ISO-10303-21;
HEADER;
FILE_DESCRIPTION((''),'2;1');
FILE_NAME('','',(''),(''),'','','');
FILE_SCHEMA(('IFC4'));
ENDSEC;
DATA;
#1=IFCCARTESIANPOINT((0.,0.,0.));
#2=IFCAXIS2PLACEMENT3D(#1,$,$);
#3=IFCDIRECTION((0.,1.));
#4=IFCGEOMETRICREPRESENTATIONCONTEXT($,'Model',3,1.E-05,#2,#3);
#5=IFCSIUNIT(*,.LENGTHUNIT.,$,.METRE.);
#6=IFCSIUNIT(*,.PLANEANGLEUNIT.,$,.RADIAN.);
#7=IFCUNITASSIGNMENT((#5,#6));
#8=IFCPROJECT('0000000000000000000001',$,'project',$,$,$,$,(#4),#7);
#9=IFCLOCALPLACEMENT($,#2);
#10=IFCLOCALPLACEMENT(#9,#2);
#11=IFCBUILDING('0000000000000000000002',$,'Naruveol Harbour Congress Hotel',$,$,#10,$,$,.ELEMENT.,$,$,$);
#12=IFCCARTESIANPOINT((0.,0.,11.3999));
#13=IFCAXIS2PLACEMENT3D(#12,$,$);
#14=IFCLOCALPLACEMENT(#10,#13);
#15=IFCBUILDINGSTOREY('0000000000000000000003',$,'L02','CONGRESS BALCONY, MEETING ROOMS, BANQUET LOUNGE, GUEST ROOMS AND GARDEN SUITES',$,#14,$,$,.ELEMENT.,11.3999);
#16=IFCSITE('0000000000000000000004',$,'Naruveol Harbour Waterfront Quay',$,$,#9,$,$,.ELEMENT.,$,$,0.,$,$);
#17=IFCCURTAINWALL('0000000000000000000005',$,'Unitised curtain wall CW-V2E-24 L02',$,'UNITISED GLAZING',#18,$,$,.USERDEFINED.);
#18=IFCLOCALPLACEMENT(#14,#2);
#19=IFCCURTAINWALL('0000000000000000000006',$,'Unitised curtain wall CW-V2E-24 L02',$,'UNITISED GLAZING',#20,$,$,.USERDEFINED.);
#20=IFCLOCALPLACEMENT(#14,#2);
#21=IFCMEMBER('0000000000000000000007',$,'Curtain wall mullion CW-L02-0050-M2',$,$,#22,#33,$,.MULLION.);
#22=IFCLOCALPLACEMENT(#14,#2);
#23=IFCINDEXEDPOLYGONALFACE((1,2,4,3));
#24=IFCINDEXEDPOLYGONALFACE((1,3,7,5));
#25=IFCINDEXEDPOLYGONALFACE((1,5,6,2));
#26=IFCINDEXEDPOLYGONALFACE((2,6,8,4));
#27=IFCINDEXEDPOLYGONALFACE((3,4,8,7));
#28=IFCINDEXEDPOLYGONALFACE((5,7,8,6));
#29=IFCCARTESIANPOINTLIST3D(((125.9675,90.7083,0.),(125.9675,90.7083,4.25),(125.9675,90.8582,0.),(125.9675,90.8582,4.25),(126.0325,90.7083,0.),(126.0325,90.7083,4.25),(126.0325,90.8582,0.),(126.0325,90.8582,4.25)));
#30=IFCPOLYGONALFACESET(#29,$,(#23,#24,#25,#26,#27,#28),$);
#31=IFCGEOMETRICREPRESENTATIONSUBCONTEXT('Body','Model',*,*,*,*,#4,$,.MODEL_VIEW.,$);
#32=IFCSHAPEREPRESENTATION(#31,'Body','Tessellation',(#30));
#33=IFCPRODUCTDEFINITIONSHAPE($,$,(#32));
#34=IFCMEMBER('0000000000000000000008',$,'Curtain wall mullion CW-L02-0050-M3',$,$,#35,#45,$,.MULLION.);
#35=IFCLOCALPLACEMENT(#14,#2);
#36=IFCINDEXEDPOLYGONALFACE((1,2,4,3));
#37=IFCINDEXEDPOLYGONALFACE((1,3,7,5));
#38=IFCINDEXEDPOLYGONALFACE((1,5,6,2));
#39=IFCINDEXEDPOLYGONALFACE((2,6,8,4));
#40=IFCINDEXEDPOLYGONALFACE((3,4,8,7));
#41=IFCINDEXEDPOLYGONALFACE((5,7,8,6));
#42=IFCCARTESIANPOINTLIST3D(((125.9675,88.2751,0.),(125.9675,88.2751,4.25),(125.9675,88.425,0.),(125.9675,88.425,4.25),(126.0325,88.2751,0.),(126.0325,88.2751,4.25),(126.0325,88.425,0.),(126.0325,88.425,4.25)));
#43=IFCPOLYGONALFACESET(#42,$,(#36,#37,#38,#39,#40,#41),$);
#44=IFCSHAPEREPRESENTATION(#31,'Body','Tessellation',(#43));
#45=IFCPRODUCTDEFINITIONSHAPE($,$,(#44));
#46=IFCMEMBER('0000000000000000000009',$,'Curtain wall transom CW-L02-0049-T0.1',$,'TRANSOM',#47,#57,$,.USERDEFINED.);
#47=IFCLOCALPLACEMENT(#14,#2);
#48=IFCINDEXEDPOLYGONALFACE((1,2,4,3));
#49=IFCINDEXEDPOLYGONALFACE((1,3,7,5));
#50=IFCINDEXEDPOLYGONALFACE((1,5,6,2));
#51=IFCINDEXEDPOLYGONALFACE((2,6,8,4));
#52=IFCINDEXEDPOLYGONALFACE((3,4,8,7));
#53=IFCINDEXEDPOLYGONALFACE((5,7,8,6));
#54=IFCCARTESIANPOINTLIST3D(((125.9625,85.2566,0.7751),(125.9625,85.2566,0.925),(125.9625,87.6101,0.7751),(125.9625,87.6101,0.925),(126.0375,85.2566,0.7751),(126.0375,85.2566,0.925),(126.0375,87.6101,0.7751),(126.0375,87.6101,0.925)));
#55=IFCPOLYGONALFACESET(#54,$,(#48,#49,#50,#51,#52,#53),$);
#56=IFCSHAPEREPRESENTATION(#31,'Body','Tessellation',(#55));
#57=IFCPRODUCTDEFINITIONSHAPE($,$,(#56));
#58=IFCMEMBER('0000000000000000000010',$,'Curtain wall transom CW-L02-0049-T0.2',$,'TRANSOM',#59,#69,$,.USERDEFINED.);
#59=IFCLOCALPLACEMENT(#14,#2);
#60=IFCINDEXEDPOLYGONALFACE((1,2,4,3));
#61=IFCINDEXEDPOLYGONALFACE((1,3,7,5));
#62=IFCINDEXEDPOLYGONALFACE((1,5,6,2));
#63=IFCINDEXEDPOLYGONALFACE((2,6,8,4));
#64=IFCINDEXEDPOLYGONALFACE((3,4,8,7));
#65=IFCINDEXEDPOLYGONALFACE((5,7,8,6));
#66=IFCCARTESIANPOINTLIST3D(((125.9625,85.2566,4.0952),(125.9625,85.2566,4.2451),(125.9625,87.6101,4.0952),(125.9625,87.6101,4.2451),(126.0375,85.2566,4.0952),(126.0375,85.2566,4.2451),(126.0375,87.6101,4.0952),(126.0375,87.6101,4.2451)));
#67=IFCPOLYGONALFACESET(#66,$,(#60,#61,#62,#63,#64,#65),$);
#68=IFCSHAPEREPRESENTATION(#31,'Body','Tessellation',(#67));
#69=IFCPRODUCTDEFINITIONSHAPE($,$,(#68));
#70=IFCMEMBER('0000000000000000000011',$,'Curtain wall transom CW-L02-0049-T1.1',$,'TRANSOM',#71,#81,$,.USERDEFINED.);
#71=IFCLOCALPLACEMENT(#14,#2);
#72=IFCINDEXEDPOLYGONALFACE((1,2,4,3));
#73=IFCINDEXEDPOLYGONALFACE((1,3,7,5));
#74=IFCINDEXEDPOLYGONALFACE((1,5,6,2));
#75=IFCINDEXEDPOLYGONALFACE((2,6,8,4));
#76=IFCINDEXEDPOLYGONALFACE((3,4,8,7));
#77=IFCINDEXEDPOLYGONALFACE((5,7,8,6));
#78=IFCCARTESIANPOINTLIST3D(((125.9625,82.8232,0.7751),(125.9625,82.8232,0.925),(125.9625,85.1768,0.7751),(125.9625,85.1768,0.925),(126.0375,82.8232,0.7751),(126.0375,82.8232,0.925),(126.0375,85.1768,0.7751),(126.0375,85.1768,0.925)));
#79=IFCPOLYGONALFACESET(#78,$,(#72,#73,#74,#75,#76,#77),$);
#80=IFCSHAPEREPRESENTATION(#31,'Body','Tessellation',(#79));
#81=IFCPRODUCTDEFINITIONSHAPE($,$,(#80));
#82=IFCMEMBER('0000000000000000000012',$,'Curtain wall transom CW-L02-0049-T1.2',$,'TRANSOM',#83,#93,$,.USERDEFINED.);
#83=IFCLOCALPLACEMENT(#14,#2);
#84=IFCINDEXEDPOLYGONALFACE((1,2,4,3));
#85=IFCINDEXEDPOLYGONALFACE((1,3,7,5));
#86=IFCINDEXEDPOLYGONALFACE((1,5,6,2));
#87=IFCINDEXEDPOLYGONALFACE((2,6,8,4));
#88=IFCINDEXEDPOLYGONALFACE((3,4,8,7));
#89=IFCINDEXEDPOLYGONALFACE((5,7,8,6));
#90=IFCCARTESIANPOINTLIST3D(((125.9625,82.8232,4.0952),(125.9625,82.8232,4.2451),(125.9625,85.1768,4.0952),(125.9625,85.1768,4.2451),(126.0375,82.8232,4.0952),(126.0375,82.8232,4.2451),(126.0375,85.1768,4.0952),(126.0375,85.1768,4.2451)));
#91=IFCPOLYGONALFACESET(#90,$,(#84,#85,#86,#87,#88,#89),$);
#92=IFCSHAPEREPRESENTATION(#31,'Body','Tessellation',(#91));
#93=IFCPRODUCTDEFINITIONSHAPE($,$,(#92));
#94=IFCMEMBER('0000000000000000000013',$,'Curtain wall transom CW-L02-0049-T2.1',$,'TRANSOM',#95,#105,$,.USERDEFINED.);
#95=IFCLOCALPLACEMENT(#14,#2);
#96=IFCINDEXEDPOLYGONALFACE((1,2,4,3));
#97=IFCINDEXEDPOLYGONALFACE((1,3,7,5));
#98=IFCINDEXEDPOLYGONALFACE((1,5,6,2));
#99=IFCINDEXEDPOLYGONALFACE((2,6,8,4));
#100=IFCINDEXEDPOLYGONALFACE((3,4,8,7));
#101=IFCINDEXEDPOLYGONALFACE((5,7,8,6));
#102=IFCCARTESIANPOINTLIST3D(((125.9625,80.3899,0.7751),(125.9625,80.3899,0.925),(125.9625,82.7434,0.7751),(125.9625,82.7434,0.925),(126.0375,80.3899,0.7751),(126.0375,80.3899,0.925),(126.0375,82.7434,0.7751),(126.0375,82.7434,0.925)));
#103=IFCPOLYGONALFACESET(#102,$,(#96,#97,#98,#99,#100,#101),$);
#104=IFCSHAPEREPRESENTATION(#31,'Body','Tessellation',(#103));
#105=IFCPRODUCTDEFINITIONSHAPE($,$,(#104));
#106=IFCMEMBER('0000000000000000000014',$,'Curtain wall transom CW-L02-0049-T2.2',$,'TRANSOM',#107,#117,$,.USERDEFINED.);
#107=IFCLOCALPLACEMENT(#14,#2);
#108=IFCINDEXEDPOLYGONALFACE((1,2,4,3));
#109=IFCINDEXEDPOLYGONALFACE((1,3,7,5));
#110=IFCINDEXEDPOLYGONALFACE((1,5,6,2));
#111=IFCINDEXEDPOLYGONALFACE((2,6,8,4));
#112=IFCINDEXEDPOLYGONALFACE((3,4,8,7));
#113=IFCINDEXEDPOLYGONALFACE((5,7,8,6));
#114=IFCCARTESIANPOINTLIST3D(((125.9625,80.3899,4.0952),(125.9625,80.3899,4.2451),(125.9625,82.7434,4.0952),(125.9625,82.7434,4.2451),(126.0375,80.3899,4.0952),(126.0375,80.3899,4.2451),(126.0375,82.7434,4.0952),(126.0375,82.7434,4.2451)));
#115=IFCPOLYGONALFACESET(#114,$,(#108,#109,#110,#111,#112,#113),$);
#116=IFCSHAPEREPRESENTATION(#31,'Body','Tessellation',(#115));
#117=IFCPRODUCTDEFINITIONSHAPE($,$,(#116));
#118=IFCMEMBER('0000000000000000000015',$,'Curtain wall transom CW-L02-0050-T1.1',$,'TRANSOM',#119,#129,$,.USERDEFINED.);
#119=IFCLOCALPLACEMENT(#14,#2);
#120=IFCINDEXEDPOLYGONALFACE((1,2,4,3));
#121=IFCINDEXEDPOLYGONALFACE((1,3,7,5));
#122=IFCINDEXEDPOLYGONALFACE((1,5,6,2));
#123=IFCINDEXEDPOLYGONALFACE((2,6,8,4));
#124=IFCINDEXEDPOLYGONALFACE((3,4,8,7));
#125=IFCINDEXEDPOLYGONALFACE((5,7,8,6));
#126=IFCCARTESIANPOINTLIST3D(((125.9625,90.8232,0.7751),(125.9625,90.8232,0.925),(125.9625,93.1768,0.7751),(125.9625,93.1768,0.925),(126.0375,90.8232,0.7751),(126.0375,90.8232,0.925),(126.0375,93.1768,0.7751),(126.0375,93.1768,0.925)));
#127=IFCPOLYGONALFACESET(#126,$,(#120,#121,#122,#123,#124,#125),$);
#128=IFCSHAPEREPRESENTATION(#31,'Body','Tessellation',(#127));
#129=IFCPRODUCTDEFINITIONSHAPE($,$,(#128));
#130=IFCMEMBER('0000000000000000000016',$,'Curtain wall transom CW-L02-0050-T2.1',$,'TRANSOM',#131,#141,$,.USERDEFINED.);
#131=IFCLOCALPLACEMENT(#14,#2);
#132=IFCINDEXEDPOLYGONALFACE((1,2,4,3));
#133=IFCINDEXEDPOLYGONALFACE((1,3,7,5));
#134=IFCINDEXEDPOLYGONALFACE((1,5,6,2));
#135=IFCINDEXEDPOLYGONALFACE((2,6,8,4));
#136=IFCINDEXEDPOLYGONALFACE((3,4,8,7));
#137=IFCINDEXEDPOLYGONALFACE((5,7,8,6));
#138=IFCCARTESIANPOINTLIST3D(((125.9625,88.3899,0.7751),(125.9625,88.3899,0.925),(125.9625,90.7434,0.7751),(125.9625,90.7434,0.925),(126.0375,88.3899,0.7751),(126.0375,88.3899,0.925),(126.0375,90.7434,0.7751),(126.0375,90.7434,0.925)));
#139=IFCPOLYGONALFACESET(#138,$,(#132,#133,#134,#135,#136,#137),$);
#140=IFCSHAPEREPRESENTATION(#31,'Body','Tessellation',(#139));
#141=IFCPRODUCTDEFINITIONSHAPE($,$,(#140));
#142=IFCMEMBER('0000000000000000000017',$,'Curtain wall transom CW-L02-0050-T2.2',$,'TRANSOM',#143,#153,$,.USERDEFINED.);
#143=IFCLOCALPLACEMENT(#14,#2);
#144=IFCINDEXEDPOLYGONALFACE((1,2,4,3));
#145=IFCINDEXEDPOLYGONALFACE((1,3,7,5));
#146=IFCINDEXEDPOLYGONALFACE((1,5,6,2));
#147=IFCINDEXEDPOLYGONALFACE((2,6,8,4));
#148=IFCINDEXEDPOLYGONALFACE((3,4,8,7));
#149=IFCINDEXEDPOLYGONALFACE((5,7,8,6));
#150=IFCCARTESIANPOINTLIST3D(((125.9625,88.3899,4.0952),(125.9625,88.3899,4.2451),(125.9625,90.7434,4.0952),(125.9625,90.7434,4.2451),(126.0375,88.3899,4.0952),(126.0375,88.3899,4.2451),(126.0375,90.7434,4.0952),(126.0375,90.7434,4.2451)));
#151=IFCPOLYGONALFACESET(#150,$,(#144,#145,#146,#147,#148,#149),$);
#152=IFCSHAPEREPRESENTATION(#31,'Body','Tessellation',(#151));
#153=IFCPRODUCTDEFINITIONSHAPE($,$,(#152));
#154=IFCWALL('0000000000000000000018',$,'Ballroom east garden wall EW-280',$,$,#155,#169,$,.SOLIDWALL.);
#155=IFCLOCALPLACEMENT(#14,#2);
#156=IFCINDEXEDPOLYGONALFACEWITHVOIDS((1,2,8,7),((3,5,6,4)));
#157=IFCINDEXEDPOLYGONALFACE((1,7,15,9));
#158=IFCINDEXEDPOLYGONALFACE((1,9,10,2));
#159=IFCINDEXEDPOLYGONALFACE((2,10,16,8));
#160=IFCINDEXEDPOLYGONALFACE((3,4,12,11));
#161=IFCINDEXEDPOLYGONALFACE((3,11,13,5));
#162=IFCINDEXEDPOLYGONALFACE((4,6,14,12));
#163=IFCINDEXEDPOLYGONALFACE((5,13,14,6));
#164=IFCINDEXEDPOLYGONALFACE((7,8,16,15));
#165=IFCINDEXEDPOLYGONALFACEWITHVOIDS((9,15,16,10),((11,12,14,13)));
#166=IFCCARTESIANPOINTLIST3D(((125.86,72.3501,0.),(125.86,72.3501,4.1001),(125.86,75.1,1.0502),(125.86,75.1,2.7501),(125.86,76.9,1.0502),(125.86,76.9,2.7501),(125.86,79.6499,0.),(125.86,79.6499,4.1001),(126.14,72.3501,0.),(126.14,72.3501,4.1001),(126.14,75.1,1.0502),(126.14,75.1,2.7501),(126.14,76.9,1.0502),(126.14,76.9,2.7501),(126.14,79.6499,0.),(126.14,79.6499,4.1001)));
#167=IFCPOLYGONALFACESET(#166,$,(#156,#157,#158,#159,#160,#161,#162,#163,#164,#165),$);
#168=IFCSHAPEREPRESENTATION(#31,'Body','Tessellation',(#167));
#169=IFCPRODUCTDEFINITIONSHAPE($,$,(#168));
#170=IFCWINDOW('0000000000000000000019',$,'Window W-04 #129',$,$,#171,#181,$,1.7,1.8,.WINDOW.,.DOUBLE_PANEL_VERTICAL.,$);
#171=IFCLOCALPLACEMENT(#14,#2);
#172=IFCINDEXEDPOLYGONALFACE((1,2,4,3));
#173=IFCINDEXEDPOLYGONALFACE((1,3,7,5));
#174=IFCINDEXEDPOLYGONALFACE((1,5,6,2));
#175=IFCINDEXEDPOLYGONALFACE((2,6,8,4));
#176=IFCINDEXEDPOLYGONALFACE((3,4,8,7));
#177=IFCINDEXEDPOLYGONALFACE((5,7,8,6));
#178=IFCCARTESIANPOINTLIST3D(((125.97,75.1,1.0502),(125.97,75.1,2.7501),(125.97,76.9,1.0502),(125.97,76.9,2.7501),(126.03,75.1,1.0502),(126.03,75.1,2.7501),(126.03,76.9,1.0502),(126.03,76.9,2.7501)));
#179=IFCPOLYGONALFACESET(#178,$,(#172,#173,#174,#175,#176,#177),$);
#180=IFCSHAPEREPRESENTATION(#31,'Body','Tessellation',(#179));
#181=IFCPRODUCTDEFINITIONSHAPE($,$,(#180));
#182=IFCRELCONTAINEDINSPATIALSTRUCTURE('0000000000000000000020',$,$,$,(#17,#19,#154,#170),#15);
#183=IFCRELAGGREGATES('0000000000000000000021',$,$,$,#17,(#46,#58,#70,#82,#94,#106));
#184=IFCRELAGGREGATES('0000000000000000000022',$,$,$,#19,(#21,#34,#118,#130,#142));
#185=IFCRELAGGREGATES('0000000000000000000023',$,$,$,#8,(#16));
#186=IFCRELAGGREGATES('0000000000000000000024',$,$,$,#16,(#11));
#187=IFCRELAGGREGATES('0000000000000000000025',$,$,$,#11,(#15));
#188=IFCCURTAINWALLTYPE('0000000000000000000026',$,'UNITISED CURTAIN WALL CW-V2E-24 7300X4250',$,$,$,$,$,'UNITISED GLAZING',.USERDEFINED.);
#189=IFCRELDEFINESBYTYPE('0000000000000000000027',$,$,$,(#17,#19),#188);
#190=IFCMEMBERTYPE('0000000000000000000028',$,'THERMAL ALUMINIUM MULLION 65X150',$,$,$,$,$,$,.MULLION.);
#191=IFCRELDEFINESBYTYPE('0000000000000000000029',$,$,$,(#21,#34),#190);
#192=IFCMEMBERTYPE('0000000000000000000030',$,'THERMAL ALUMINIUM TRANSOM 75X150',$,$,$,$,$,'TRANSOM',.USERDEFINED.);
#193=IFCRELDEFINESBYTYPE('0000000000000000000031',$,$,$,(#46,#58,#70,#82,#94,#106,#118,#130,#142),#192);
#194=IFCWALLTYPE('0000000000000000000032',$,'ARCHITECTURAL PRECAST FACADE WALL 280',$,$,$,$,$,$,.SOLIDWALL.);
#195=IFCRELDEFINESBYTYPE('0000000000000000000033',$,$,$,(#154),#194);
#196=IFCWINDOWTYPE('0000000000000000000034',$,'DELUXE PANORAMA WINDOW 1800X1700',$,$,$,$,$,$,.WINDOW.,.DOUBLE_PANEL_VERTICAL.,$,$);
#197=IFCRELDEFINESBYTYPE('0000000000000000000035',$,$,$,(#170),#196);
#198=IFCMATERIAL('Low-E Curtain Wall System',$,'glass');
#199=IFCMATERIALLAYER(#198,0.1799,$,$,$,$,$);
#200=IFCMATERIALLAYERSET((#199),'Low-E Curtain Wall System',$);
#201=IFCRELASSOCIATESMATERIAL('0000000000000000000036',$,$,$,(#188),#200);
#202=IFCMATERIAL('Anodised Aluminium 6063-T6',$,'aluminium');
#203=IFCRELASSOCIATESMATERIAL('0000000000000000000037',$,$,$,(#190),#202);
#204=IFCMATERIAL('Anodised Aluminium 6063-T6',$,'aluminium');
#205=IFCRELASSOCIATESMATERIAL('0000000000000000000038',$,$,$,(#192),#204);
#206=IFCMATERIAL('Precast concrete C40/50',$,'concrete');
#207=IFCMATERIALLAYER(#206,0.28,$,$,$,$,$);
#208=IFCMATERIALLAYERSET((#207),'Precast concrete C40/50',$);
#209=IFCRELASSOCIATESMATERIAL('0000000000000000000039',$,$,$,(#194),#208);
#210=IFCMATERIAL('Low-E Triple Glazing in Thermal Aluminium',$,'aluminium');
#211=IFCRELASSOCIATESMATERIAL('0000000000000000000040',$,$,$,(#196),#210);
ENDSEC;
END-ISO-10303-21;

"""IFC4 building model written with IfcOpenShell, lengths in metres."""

from ifc_helpers import new_model, si_unit, direction, frame, frame_2d, origin, origin_2d, place, context, subcontext, project, spatial, rectangle, extrude, material, layer, layer_set, material_profile, profile_set, type_object, element, fill, aggregate, save


model = new_model("IFC4")

# Units and contexts
model_context = context("Model", 3, precision=1e-05, world=origin(), true_north=direction((0.0, 1.0)))
body_context = subcontext(model_context, "Body", "Model", "MODEL_VIEW")
ifc_project = project(units=[si_unit("LENGTHUNIT", "METRE"), si_unit("PLANEANGLEUNIT", "RADIAN")], contexts=[model_context])

# Site, building, storey
site_placement = place(None, origin())
site = spatial("IfcSite", under=ifc_project, at=site_placement, Name="Naruveol Harbour Waterfront Quay", CompositionType="ELEMENT", RefElevation=0.0)
building_placement = place(site_placement, origin())
building = spatial("IfcBuilding", under=site, at=building_placement, Name="Naruveol Harbour Congress Hotel", CompositionType="ELEMENT")
storey_placement = place(building_placement, frame((0.0, 0.0, 11.3999)))
storey = spatial("IfcBuildingStorey", under=building, at=storey_placement, Name="L02", Description="CONGRESS BALCONY, MEETING ROOMS, BANQUET LOUNGE, GUEST ROOMS AND GARDEN SUITES", CompositionType="ELEMENT", Elevation=11.3999)

# Curtain walls, members
ifc_material_1 = material(Name="Low-E Curtain Wall System", Category="glass")
ifc_layer_1 = layer(ifc_material_1, 0.1799)
ifc_layer_set_1 = layer_set([ifc_layer_1], Name="Low-E Curtain Wall System")
curtain_wall_type = type_object("IfcCurtainWallType", Name="UNITISED CURTAIN WALL CW-V2E-24 7300X4250", ElementType="UNITISED GLAZING", PredefinedType="USERDEFINED", material=ifc_layer_set_1)
curtain_wall_1_placement = place(storey_placement, origin())
curtain_wall_1 = element("IfcCurtainWall", 1, at=curtain_wall_1_placement, inside=storey, type_object=curtain_wall_type, Name="Unitised curtain wall CW-V2E-24 L02", ObjectType="UNITISED GLAZING", PredefinedType="USERDEFINED")
ifc_material_2 = material(Name="Anodised Aluminium 6063-T6", Category="aluminium")
ifc_material_profile_1 = material_profile(ifc_material_2, rectangle(XDim=0.0649, YDim=0.1499, at=origin_2d()), Name="ALU-65x150")
ifc_profile_set_1 = profile_set([ifc_material_profile_1], Name="Anodised Aluminium 6063-T6")
member_type_1 = type_object("IfcMemberType", Name="THERMAL ALUMINIUM MULLION 65X150", PredefinedType="MULLION", material=ifc_profile_set_1)
curtain_wall_2_placement = place(storey_placement, origin())
curtain_wall_2 = element("IfcCurtainWall", 2, at=curtain_wall_2_placement, inside=storey, type_object=curtain_wall_type, Name="Unitised curtain wall CW-V2E-24 L02", ObjectType="UNITISED GLAZING", PredefinedType="USERDEFINED")
member_1_placement = place(storey_placement, frame((126.0, 90.7832, 0.0), z_axis=(0.0, 0.0, 1.0), x_axis=(1.0, 0.0, 0.0)))
member_1 = element("IfcMember", 3, at=member_1_placement, type_object=member_type_1, Name="Curtain wall mullion CW-L02-0050-M2", PredefinedType="MULLION", context=body_context, shape_type="SweptSolid", body=[
    extrude(rectangle(XDim=0.0649, YDim=0.1499, at=origin_2d()), origin(), (0.0, 0.0, 1.0), 4.25),
])
member_2_placement = place(storey_placement, frame((126.0, 88.3501, 0.0), z_axis=(0.0, 0.0, 1.0), x_axis=(1.0, 0.0, 0.0)))
member_2 = element("IfcMember", 4, at=member_2_placement, type_object=member_type_1, Name="Curtain wall mullion CW-L02-0050-M3", PredefinedType="MULLION", context=body_context, shape_type="SweptSolid", body=[
    extrude(rectangle(XDim=0.0649, YDim=0.1499, at=origin_2d()), origin(), (0.0, 0.0, 1.0), 4.25),
])

# Members
ifc_material_3 = material(Name="Anodised Aluminium 6063-T6", Category="aluminium")
ifc_material_profile_2 = material_profile(ifc_material_3, rectangle(XDim=0.075, YDim=0.1499, at=origin_2d()), Name="ALU-75x150")
ifc_profile_set_2 = profile_set([ifc_material_profile_2], Name="Anodised Aluminium 6063-T6")
member_type_2 = type_object("IfcMemberType", Name="THERMAL ALUMINIUM TRANSOM 75X150", ElementType="TRANSOM", PredefinedType="USERDEFINED", material=ifc_profile_set_2)
member_3_placement = place(storey_placement, frame((126.0, 87.6101, 0.8501), z_axis=(0.0, -1.0, 0.0), x_axis=(1.0, 0.0, 0.0)))
member_3 = element("IfcMember", 5, at=member_3_placement, type_object=member_type_2, Name="Curtain wall transom CW-L02-0049-T0.1", ObjectType="TRANSOM", PredefinedType="USERDEFINED", context=body_context, shape_type="SweptSolid", body=[
    extrude(rectangle(XDim=0.075, YDim=0.1499, at=origin_2d()), origin(), (0.0, 0.0, 1.0), 2.3535),
])
member_4_placement = place(storey_placement, frame((126.0, 87.6101, 4.1702), z_axis=(0.0, -1.0, 0.0), x_axis=(1.0, 0.0, 0.0)))
member_4 = element("IfcMember", 6, at=member_4_placement, type_object=member_type_2, Name="Curtain wall transom CW-L02-0049-T0.2", ObjectType="TRANSOM", PredefinedType="USERDEFINED", context=body_context, shape_type="SweptSolid", body=[
    extrude(rectangle(XDim=0.075, YDim=0.1499, at=origin_2d()), origin(), (0.0, 0.0, 1.0), 2.3535),
])
member_5_placement = place(storey_placement, frame((126.0, 85.1768, 0.8501), z_axis=(0.0, -1.0, 0.0), x_axis=(1.0, 0.0, 0.0)))
member_5 = element("IfcMember", 7, at=member_5_placement, type_object=member_type_2, Name="Curtain wall transom CW-L02-0049-T1.1", ObjectType="TRANSOM", PredefinedType="USERDEFINED", context=body_context, shape_type="SweptSolid", body=[
    extrude(rectangle(XDim=0.075, YDim=0.1499, at=origin_2d()), origin(), (0.0, 0.0, 1.0), 2.3535),
])
member_6_placement = place(storey_placement, frame((126.0, 85.1768, 4.1702), z_axis=(0.0, -1.0, 0.0), x_axis=(1.0, 0.0, 0.0)))
member_6 = element("IfcMember", 8, at=member_6_placement, type_object=member_type_2, Name="Curtain wall transom CW-L02-0049-T1.2", ObjectType="TRANSOM", PredefinedType="USERDEFINED", context=body_context, shape_type="SweptSolid", body=[
    extrude(rectangle(XDim=0.075, YDim=0.1499, at=origin_2d()), origin(), (0.0, 0.0, 1.0), 2.3535),
])
member_7_placement = place(storey_placement, frame((126.0, 82.7434, 0.8501), z_axis=(0.0, -1.0, 0.0), x_axis=(1.0, 0.0, 0.0)))
member_7 = element("IfcMember", 9, at=member_7_placement, type_object=member_type_2, Name="Curtain wall transom CW-L02-0049-T2.1", ObjectType="TRANSOM", PredefinedType="USERDEFINED", context=body_context, shape_type="SweptSolid", body=[
    extrude(rectangle(XDim=0.075, YDim=0.1499, at=origin_2d()), origin(), (0.0, 0.0, 1.0), 2.3535),
])
member_8_placement = place(storey_placement, frame((126.0, 82.7434, 4.1702), z_axis=(0.0, -1.0, 0.0), x_axis=(1.0, 0.0, 0.0)))
member_8 = element("IfcMember", 10, at=member_8_placement, type_object=member_type_2, Name="Curtain wall transom CW-L02-0049-T2.2", ObjectType="TRANSOM", PredefinedType="USERDEFINED", context=body_context, shape_type="SweptSolid", body=[
    extrude(rectangle(XDim=0.075, YDim=0.1499, at=origin_2d()), origin(), (0.0, 0.0, 1.0), 2.3535),
])
aggregate(curtain_wall_1, [member_3, member_4, member_5, member_6, member_7, member_8])
member_9_placement = place(storey_placement, frame((126.0, 93.1768, 0.8501), z_axis=(0.0, -1.0, 0.0), x_axis=(1.0, 0.0, 0.0)))
member_9 = element("IfcMember", 11, at=member_9_placement, type_object=member_type_2, Name="Curtain wall transom CW-L02-0050-T1.1", ObjectType="TRANSOM", PredefinedType="USERDEFINED", context=body_context, shape_type="SweptSolid", body=[
    extrude(rectangle(XDim=0.075, YDim=0.1499, at=origin_2d()), origin(), (0.0, 0.0, 1.0), 2.3535),
])
member_10_placement = place(storey_placement, frame((126.0, 90.7434, 0.8501), z_axis=(0.0, -1.0, 0.0), x_axis=(1.0, 0.0, 0.0)))
member_10 = element("IfcMember", 12, at=member_10_placement, type_object=member_type_2, Name="Curtain wall transom CW-L02-0050-T2.1", ObjectType="TRANSOM", PredefinedType="USERDEFINED", context=body_context, shape_type="SweptSolid", body=[
    extrude(rectangle(XDim=0.075, YDim=0.1499, at=origin_2d()), origin(), (0.0, 0.0, 1.0), 2.3535),
])
member_11_placement = place(storey_placement, frame((126.0, 90.7434, 4.1702), z_axis=(0.0, -1.0, 0.0), x_axis=(1.0, 0.0, 0.0)))
member_11 = element("IfcMember", 13, at=member_11_placement, type_object=member_type_2, Name="Curtain wall transom CW-L02-0050-T2.2", ObjectType="TRANSOM", PredefinedType="USERDEFINED", context=body_context, shape_type="SweptSolid", body=[
    extrude(rectangle(XDim=0.075, YDim=0.1499, at=origin_2d()), origin(), (0.0, 0.0, 1.0), 2.3535),
])
aggregate(curtain_wall_2, [member_1, member_2, member_9, member_10, member_11])

# Wall, opening, window
ifc_material_4 = material(Name="Precast concrete C40/50", Category="concrete")
ifc_layer_2 = layer(ifc_material_4, 0.28)
ifc_layer_set_2 = layer_set([ifc_layer_2], Name="Precast concrete C40/50")
wall_type_1 = type_object("IfcWallType", Name="ARCHITECTURAL PRECAST FACADE WALL 280", PredefinedType="SOLIDWALL", material=ifc_layer_set_2)
wall_1_placement = place(storey_placement, frame((126.0, 79.6499, 0.0), z_axis=(0.0, 0.0, 1.0), x_axis=(0.0, -1.0, 0.0)))
wall_1 = element("IfcWall", 14, at=wall_1_placement, inside=storey, type_object=wall_type_1, Name="Ballroom east garden wall EW-280", PredefinedType="SOLIDWALL", context=body_context, shape_type="SweptSolid", body=[
    extrude(rectangle(XDim=7.2998, YDim=0.28, at=frame_2d((3.6499, 0.0))), origin(), (0.0, 0.0, 1.0), 4.1001),
])
opening_1_placement = place(wall_1_placement, frame((2.75, 0.0, 1.05)))
opening_1 = element("IfcOpeningElement", 15, at=opening_1_placement, cuts=wall_1, PredefinedType="OPENING", context=body_context, shape_type="SweptSolid", body=[
    extrude(rectangle(XDim=1.8, YDim=1.7, at=frame_2d((0.8999, 0.8501))), frame((0.0, 0.1499, 0.0), z_axis=(0.0, -1.0, 0.0), x_axis=(1.0, 0.0, 0.0)), (0.0, 0.0, 1.0), 0.3),
])
ifc_material_5 = material(Name="Low-E Triple Glazing in Thermal Aluminium", Category="aluminium")
window_type_1 = type_object("IfcWindowType", Name="DELUXE PANORAMA WINDOW 1800X1700", PartitioningType="DOUBLE_PANEL_VERTICAL", PredefinedType="WINDOW", material=ifc_material_5)
window_1_placement = place(opening_1_placement, origin())
window_1 = element("IfcWindow", 16, at=window_1_placement, inside=storey, type_object=window_type_1, Name="Window W-04 #129", OverallHeight=1.7, OverallWidth=1.8, PartitioningType="DOUBLE_PANEL_VERTICAL", PredefinedType="WINDOW", context=body_context, shape_type="SweptSolid", body=[
    extrude(rectangle(XDim=1.8, YDim=1.7, at=frame_2d((0.8999, 0.8501))), frame((0.0, 0.03, 0.0), z_axis=(0.0, -1.0, 0.0), x_axis=(1.0, 0.0, 0.0)), (0.0, 0.0, 1.0), 0.0601),
])
fill(opening_1, window_1)

save(model, "model.ifc")
